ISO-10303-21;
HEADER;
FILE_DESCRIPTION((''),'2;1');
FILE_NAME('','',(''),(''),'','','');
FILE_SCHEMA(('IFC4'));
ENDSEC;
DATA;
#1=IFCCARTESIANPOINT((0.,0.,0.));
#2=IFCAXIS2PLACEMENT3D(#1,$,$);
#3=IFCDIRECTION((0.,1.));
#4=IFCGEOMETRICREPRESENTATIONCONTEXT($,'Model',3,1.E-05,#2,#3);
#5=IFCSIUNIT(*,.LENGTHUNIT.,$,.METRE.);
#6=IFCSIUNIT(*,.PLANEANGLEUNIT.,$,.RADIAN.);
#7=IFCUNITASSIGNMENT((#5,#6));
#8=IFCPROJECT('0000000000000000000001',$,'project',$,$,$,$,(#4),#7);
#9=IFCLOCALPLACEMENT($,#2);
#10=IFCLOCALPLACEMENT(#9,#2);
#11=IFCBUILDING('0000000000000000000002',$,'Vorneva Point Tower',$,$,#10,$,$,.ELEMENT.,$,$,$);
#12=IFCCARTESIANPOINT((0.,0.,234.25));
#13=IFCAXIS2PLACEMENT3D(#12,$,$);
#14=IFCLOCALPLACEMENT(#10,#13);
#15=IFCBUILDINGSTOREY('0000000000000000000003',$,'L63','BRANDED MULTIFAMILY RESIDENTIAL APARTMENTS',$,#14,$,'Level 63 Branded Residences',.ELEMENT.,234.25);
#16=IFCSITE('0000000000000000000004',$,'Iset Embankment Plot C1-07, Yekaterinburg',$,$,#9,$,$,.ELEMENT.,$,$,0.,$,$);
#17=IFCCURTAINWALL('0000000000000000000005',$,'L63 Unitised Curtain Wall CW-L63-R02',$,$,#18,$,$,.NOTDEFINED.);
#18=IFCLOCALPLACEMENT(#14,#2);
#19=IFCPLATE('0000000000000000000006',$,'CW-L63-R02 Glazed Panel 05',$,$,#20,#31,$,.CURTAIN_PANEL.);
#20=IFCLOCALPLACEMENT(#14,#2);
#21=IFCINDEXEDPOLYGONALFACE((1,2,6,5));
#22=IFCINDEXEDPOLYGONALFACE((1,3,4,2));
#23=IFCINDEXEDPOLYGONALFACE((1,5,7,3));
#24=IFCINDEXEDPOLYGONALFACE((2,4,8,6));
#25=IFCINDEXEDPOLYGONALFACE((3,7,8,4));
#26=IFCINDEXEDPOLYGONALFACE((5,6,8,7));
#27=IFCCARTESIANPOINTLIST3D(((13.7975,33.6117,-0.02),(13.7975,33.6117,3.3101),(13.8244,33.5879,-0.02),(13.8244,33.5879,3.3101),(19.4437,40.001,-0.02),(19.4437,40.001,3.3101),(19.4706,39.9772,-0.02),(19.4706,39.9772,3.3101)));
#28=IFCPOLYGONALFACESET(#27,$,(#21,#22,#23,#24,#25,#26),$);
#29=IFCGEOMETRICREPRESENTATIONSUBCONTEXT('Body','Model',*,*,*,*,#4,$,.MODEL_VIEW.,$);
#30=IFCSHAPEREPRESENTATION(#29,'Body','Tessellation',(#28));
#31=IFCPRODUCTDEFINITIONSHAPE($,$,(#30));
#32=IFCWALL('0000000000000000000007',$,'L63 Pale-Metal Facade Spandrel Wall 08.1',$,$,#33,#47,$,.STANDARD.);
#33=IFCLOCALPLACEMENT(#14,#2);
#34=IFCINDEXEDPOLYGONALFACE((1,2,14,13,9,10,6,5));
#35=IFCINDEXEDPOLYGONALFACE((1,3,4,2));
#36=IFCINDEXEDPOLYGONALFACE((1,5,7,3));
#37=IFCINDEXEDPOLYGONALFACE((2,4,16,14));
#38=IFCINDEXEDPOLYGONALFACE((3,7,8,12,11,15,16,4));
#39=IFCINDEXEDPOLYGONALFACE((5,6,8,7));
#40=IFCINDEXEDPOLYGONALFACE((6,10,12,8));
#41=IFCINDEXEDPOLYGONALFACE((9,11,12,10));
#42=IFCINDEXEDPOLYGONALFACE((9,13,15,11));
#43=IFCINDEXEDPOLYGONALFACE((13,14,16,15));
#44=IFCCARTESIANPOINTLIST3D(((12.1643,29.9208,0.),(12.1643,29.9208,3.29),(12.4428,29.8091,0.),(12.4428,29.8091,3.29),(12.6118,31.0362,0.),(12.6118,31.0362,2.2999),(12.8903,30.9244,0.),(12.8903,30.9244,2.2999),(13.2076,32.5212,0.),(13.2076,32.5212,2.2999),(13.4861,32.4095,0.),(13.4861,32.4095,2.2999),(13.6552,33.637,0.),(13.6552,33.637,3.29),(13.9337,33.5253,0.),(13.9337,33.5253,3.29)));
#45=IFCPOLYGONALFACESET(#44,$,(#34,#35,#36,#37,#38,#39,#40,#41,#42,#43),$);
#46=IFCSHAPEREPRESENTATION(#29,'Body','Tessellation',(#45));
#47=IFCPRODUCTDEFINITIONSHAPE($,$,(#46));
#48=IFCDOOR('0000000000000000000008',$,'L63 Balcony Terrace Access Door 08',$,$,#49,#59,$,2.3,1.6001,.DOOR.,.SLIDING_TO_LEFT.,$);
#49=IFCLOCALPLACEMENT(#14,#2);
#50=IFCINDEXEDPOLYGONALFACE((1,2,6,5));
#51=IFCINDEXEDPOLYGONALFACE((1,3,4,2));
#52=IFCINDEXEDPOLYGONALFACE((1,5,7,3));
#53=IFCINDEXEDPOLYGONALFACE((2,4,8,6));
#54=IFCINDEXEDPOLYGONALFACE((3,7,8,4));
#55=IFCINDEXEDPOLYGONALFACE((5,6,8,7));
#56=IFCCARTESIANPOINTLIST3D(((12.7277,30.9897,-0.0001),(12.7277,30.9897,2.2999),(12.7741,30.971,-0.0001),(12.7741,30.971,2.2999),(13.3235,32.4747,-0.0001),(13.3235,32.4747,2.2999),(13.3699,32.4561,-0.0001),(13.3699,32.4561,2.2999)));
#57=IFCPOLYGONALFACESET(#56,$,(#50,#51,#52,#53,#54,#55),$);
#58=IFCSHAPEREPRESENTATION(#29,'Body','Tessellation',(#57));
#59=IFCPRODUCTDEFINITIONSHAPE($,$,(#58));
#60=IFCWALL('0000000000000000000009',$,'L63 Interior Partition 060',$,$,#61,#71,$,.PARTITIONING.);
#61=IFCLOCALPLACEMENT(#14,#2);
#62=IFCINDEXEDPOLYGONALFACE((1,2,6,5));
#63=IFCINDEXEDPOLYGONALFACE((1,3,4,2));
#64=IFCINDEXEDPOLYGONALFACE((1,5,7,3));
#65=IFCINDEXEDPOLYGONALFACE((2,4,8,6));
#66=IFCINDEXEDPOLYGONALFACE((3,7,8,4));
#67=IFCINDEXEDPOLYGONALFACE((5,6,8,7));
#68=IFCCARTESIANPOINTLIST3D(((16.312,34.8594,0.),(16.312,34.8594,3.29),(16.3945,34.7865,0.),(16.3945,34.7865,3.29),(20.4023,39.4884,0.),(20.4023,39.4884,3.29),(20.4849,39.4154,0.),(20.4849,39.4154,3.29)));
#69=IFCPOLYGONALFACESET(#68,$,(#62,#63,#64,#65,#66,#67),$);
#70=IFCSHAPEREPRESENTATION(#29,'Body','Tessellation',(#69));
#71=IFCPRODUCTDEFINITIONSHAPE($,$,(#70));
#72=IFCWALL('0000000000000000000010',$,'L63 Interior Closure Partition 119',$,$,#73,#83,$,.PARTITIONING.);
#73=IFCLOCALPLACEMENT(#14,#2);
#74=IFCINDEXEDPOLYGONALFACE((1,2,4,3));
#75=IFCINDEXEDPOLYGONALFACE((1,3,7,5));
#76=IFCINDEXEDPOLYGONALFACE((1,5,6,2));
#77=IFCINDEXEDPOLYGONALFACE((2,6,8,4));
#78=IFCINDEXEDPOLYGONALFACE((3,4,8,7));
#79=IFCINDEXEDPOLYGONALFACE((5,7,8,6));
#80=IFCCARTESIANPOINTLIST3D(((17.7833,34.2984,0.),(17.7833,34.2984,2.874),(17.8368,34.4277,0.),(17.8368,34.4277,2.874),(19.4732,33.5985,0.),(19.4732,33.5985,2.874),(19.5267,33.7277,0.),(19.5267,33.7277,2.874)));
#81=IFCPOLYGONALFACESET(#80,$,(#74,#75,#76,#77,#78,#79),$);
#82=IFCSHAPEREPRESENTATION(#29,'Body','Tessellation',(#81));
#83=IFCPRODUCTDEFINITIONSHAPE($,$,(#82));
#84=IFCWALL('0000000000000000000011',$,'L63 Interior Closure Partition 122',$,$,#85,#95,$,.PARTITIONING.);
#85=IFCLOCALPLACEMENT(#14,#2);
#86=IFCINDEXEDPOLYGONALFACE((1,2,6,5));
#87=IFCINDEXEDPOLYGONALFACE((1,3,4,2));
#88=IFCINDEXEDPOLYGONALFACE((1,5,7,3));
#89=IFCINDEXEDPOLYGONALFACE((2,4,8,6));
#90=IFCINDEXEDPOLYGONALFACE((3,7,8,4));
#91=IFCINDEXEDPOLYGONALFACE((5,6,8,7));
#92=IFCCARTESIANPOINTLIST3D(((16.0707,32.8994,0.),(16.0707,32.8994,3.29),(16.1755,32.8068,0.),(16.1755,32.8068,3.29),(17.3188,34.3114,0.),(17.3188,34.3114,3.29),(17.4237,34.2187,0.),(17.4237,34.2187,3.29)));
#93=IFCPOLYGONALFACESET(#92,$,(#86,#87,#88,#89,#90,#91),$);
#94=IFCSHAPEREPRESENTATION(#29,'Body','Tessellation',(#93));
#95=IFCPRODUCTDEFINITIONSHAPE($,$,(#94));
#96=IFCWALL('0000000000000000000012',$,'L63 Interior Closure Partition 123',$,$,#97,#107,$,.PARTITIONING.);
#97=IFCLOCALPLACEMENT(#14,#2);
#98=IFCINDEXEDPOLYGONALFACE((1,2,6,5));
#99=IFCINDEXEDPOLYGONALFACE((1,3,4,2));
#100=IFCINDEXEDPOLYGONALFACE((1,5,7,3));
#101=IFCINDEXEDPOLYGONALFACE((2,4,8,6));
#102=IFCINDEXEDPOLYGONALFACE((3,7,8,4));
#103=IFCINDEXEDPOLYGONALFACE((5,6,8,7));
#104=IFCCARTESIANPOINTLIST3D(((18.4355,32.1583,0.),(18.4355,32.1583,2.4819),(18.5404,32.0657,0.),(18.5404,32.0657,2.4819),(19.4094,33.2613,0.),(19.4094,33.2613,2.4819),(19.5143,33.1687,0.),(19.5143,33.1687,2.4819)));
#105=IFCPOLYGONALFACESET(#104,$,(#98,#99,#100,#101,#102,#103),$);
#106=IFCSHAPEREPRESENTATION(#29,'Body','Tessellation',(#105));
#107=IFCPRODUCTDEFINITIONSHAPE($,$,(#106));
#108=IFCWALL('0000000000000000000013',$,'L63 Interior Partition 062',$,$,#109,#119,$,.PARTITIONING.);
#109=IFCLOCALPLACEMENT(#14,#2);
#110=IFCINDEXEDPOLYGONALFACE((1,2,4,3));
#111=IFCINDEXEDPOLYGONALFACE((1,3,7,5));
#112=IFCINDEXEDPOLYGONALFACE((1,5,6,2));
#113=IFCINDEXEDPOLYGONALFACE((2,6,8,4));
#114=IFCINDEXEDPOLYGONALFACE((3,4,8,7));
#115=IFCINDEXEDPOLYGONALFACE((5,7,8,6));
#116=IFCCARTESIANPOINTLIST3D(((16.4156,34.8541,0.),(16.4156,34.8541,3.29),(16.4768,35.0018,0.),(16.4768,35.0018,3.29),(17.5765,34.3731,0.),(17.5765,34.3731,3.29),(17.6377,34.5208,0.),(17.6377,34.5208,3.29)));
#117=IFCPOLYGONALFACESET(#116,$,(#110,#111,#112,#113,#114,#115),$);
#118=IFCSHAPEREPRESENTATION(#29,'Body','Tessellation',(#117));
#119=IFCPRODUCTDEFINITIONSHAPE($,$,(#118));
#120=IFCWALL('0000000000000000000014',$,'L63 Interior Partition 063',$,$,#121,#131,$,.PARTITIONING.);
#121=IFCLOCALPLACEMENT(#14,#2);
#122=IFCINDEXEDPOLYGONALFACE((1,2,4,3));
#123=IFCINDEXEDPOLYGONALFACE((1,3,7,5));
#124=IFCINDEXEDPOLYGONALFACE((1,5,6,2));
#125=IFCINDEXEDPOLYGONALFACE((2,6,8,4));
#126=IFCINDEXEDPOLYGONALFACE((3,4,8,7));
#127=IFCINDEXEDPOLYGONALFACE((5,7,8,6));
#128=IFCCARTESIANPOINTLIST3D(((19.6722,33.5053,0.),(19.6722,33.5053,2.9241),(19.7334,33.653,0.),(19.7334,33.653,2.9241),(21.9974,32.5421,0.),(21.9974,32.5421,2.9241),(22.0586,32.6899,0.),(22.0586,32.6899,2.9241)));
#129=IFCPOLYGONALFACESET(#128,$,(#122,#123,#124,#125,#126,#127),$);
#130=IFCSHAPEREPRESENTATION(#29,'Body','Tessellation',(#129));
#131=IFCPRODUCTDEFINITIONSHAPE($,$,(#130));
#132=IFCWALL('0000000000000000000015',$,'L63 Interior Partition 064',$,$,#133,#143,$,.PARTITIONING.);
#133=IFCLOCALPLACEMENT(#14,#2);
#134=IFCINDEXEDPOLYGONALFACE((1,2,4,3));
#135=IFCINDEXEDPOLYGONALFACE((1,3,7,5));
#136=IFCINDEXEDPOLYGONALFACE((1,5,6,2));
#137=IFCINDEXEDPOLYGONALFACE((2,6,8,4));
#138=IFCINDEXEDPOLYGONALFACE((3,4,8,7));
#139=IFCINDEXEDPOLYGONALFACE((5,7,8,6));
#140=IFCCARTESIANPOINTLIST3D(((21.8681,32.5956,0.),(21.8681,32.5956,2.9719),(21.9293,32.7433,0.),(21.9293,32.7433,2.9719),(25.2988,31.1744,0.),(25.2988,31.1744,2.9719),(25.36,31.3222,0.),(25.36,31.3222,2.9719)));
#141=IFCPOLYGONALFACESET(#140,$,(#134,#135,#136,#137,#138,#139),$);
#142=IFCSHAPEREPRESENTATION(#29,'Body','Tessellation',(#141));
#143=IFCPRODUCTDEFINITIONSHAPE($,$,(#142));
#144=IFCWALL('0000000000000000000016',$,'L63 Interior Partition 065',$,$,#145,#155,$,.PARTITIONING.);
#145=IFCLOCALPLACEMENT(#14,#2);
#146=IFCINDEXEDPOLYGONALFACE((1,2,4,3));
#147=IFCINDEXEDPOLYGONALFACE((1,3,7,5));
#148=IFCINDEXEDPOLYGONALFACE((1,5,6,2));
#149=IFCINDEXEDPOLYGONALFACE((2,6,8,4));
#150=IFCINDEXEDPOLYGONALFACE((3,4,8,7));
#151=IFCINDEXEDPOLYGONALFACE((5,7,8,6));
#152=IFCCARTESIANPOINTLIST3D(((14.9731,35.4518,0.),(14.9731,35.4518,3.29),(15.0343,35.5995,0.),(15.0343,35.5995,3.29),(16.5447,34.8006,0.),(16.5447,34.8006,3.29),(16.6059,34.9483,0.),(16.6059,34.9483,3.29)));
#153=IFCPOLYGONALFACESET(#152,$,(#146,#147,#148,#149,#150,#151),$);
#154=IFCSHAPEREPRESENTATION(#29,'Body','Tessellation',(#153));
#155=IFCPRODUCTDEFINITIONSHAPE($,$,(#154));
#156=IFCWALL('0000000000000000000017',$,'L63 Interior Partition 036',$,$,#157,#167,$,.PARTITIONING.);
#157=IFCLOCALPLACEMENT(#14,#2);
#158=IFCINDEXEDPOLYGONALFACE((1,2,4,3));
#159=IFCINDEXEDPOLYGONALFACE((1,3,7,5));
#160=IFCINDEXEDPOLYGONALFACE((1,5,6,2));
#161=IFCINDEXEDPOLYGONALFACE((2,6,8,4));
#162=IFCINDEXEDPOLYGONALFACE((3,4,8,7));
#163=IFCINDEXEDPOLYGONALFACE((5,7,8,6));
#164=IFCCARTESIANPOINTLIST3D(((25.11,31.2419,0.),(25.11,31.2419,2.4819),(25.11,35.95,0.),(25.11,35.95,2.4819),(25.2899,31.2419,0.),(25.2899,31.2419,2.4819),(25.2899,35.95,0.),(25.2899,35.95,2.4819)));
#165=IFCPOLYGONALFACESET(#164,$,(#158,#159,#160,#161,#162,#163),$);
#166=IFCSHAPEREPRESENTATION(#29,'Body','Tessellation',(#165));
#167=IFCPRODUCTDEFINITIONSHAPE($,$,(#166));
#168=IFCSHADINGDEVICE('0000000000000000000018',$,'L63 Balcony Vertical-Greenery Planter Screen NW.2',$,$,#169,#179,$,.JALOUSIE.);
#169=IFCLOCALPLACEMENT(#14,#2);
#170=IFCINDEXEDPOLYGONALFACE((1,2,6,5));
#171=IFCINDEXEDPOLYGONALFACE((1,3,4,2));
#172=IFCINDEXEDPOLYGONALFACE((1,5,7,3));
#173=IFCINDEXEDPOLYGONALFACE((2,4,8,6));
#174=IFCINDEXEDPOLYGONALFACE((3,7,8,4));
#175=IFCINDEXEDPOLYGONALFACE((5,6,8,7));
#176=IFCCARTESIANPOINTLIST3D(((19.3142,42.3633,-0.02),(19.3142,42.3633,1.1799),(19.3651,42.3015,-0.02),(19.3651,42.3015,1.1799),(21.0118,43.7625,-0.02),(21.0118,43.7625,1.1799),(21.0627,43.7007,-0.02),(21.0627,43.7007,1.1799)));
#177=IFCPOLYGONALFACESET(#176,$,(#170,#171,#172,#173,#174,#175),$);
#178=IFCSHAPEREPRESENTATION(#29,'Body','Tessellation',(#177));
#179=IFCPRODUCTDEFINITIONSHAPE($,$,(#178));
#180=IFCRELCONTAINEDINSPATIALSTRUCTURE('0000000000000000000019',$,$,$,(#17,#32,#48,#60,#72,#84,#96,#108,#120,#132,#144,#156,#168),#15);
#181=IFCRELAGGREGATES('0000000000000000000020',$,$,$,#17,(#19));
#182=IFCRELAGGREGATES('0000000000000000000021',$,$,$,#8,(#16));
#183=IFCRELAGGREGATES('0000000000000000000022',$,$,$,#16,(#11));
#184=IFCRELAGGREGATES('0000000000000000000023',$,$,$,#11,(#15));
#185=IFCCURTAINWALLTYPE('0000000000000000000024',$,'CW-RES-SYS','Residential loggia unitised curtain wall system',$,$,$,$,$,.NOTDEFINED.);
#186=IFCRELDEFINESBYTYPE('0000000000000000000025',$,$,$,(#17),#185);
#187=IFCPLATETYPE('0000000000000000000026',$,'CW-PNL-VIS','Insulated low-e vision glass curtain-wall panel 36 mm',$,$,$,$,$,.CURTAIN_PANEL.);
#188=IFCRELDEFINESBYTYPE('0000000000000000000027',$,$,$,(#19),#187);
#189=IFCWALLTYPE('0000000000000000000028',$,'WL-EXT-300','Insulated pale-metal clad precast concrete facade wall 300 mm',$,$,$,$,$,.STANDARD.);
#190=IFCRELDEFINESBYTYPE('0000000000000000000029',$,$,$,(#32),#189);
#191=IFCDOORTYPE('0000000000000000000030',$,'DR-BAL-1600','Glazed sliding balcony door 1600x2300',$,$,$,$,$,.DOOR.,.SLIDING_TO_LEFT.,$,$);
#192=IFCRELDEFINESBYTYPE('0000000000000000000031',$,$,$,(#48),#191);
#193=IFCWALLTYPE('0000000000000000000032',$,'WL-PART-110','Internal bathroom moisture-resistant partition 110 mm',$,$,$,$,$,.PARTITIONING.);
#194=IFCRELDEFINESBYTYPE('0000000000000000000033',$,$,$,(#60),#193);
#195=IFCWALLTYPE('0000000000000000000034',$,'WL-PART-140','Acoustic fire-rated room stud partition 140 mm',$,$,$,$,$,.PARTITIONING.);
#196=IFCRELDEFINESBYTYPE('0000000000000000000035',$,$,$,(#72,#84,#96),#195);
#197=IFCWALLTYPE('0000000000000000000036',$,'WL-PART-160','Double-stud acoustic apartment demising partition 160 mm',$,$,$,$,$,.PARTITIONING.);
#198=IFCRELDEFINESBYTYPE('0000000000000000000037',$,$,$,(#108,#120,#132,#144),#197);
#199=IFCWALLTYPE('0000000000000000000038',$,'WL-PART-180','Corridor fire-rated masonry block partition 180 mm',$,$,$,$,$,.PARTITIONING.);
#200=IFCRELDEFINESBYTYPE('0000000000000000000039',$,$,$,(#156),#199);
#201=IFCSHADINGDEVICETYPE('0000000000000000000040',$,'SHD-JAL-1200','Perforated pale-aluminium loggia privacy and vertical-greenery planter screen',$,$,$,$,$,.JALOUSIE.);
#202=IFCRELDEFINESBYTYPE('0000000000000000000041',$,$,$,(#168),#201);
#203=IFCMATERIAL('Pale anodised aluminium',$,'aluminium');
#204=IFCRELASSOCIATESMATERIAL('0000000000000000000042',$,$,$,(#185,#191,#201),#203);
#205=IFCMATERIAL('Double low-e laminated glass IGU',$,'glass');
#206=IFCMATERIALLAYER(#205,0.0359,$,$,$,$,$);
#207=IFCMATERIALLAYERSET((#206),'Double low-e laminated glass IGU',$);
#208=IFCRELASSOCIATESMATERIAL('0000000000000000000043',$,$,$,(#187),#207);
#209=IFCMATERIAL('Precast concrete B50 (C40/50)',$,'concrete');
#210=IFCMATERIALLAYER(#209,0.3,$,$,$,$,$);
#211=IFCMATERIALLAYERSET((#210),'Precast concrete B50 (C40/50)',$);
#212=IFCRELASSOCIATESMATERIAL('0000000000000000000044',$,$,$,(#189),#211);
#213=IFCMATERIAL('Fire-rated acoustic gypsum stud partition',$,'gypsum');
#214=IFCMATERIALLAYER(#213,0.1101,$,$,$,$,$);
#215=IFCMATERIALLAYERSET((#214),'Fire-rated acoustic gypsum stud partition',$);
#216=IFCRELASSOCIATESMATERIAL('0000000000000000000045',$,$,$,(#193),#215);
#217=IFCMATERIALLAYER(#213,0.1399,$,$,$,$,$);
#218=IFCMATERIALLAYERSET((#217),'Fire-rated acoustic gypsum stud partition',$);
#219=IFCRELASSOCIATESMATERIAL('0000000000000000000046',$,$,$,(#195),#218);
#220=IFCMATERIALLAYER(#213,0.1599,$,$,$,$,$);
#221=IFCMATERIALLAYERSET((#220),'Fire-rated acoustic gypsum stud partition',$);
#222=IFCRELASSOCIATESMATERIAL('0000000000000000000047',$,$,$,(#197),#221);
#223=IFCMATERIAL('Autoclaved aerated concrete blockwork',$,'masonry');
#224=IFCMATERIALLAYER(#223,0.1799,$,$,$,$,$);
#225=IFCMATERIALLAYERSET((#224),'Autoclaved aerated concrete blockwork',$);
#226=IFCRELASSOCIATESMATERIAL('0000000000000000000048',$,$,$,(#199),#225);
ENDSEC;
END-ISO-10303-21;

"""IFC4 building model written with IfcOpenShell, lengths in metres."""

from ifc_helpers import new_model, si_unit, direction, frame, frame_2d, origin, origin_2d, place, context, subcontext, project, spatial, rectangle, extrude, material, layer, layer_set, type_object, element, fill, aggregate, save


model = new_model("IFC4")

# Units and contexts
model_context = context("Model", 3, precision=1e-05, world=origin(), true_north=direction((0.0, 1.0)))
body_context = subcontext(model_context, "Body", "Model", "MODEL_VIEW")
ifc_project = project(units=[si_unit("LENGTHUNIT", "METRE"), si_unit("PLANEANGLEUNIT", "RADIAN")], contexts=[model_context])

# Site, building, storey
site_placement = place(None, origin())
site = spatial("IfcSite", under=ifc_project, at=site_placement, Name="Iset Embankment Plot C1-07, Yekaterinburg", CompositionType="ELEMENT", RefElevation=0.0)
building_placement = place(site_placement, origin())
building = spatial("IfcBuilding", under=site, at=building_placement, Name="Vorneva Point Tower", CompositionType="ELEMENT")
storey_placement = place(building_placement, frame((0.0, 0.0, 234.25)))
storey = spatial("IfcBuildingStorey", under=building, at=storey_placement, Name="L63", Description="BRANDED MULTIFAMILY RESIDENTIAL APARTMENTS", LongName="Level 63 Branded Residences", CompositionType="ELEMENT", Elevation=234.25)

# Curtain wall, plate
ifc_material_1 = material(Name="Pale anodised aluminium", Category="aluminium")
curtain_wall_type = type_object("IfcCurtainWallType", Name="CW-RES-SYS", Description="Residential loggia unitised curtain wall system", PredefinedType="NOTDEFINED", material=ifc_material_1)
curtain_wall_placement = place(storey_placement, origin())
curtain_wall = element("IfcCurtainWall", 1, at=curtain_wall_placement, inside=storey, type_object=curtain_wall_type, Name="L63 Unitised Curtain Wall CW-L63-R02", PredefinedType="NOTDEFINED")
ifc_material_2 = material(Name="Double low-e laminated glass IGU", Category="glass")
ifc_layer_1 = layer(ifc_material_2, 0.0359)
ifc_layer_set_1 = layer_set([ifc_layer_1], Name="Double low-e laminated glass IGU")
plate_type = type_object("IfcPlateType", Name="CW-PNL-VIS", Description="Insulated low-e vision glass curtain-wall panel 36 mm", PredefinedType="CURTAIN_PANEL", material=ifc_layer_set_1)
plate_1_placement = place(storey_placement, frame((16.634, 36.7944, -0.02), z_axis=(0.0, 0.0, 1.0), x_axis=(-0.662189, -0.749337, 0.0)))
plate_1 = element("IfcPlate", 2, at=plate_1_placement, type_object=plate_type, Name="CW-L63-R02 Glazed Panel 05", PredefinedType="CURTAIN_PANEL", context=body_context, shape_type="SweptSolid", body=[
    extrude(rectangle(XDim=8.5266, YDim=0.0359, at=origin_2d()), origin(), (0.0, 0.0, 1.0), 3.3301),
])
aggregate(curtain_wall, [plate_1])

# Wall, opening, door
ifc_material_3 = material(Name="Precast concrete B50 (C40/50)", Category="concrete")
ifc_layer_2 = layer(ifc_material_3, 0.3)
ifc_layer_set_2 = layer_set([ifc_layer_2], Name="Precast concrete B50 (C40/50)")
wall_type_1 = type_object("IfcWallType", Name="WL-EXT-300", Description="Insulated pale-metal clad precast concrete facade wall 300 mm", PredefinedType="STANDARD", material=ifc_layer_set_2)
wall_1_placement = place(storey_placement, frame((13.7944, 33.5811, 0.0), z_axis=(0.0, 0.0, 1.0), x_axis=(-0.372347, -0.928094, 0.0)))
wall_1 = element("IfcWall", 3, at=wall_1_placement, inside=storey, type_object=wall_type_1, Name="L63 Pale-Metal Facade Spandrel Wall 08.1", PredefinedType="STANDARD", context=body_context, shape_type="SweptSolid", body=[
    extrude(rectangle(XDim=4.0042, YDim=0.3, at=frame_2d((2.002, 0.0))), origin(), (0.0, 0.0, 1.0), 3.29),
])
opening_placement = place(wall_1_placement, frame((1.2021, 0.0, 0.0)))
opening = element("IfcOpeningElement", 4, at=opening_placement, cuts=wall_1, PredefinedType="OPENING", context=body_context, shape_type="SweptSolid", body=[
    extrude(rectangle(XDim=1.6001, YDim=2.3, at=frame_2d((0.8, 1.1499))), frame((0.0, 0.165, 0.0), z_axis=(0.0, -1.0, 0.0), x_axis=(1.0, 0.0, 0.0)), (0.0, 0.0, 1.0), 0.3298),
])
door_type = type_object("IfcDoorType", Name="DR-BAL-1600", Description="Glazed sliding balcony door 1600x2300", OperationType="SLIDING_TO_LEFT", PredefinedType="DOOR", material=ifc_material_1)
door_placement = place(opening_placement, origin())
door = element("IfcDoor", 5, at=door_placement, inside=storey, type_object=door_type, Name="L63 Balcony Terrace Access Door 08", OperationType="SLIDING_TO_LEFT", OverallHeight=2.3, OverallWidth=1.6001, PredefinedType="DOOR", context=body_context, shape_type="SweptSolid", body=[
    extrude(rectangle(XDim=1.6001, YDim=2.3, at=frame_2d((0.8, 1.1499))), frame((0.0, 0.0249, 0.0), z_axis=(0.0, -1.0, 0.0), x_axis=(1.0, 0.0, 0.0)), (0.0, 0.0, 1.0), 0.05),
])
fill(opening, door)

# Walls
ifc_material_4 = material(Name="Fire-rated acoustic gypsum stud partition", Category="gypsum")
ifc_layer_3 = layer(ifc_material_4, 0.1101)
ifc_layer_set_3 = layer_set([ifc_layer_3], Name="Fire-rated acoustic gypsum stud partition")
wall_type_2 = type_object("IfcWallType", Name="WL-PART-110", Description="Internal bathroom moisture-resistant partition 110 mm", PredefinedType="PARTITIONING", material=ifc_layer_set_3)
wall_2_placement = place(storey_placement, frame((20.4436, 39.4519, 0.0), z_axis=(0.0, 0.0, 1.0), x_axis=(-0.662168, -0.749356, 0.0)))
element("IfcWall", 6, at=wall_2_placement, inside=storey, type_object=wall_type_2, Name="L63 Interior Partition 060", PredefinedType="PARTITIONING", context=body_context, shape_type="SweptSolid", body=[
    extrude(rectangle(XDim=6.1772, YDim=0.1101, at=frame_2d((3.0886, 0.0))), origin(), (0.0, 0.0, 1.0), 3.29),
])
ifc_layer_4 = layer(ifc_material_4, 0.1399)
ifc_layer_set_4 = layer_set([ifc_layer_4], Name="Fire-rated acoustic gypsum stud partition")
wall_type_3 = type_object("IfcWallType", Name="WL-PART-140", Description="Acoustic fire-rated room stud partition 140 mm", PredefinedType="PARTITIONING", material=ifc_layer_set_4)
wall_3_placement = place(storey_placement, frame((17.8101, 34.363, 0.0), z_axis=(0.0, 0.0, 1.0), x_axis=(0.923888, -0.382662, 0.0)))
element("IfcWall", 7, at=wall_3_placement, inside=storey, type_object=wall_type_3, Name="L63 Interior Closure Partition 119", PredefinedType="PARTITIONING", context=body_context, shape_type="SweptSolid", body=[
    extrude(rectangle(XDim=1.8291, YDim=0.1399, at=frame_2d((0.9146, 0.0))), origin(), (0.0, 0.0, 1.0), 2.874),
])
wall_4_placement = place(storey_placement, frame((16.123, 32.853, 0.0), z_axis=(0.0, 0.0, 1.0), x_axis=(0.662303, 0.749236, 0.0)))
element("IfcWall", 8, at=wall_4_placement, inside=storey, type_object=wall_type_3, Name="L63 Interior Closure Partition 122", PredefinedType="PARTITIONING", context=body_context, shape_type="SweptSolid", body=[
    extrude(rectangle(XDim=1.8845, YDim=0.1399, at=frame_2d((0.9424, 0.0))), origin(), (0.0, 0.0, 1.0), 3.29),
])
wall_5_placement = place(storey_placement, frame((19.4619, 33.2151, 0.0), z_axis=(0.0, 0.0, 1.0), x_axis=(-0.661858, -0.74963, 0.0)))
element("IfcWall", 9, at=wall_5_placement, inside=storey, type_object=wall_type_3, Name="L63 Interior Closure Partition 123", PredefinedType="PARTITIONING", context=body_context, shape_type="SweptSolid", body=[
    extrude(rectangle(XDim=1.4714, YDim=0.1399, at=frame_2d((0.7358, 0.0))), origin(), (0.0, 0.0, 1.0), 2.4819),
])
ifc_layer_5 = layer(ifc_material_4, 0.1599)
ifc_layer_set_5 = layer_set([ifc_layer_5], Name="Fire-rated acoustic gypsum stud partition")
wall_type_4 = type_object("IfcWallType", Name="WL-PART-160", Description="Double-stud acoustic apartment demising partition 160 mm", PredefinedType="PARTITIONING", material=ifc_layer_set_5)
wall_6_placement = place(storey_placement, frame((16.446, 34.928, 0.0), z_axis=(0.0, 0.0, 1.0), x_axis=(0.923851, -0.382752, 0.0)))
element("IfcWall", 10, at=wall_6_placement, inside=storey, type_object=wall_type_4, Name="L63 Interior Partition 062", PredefinedType="PARTITIONING", context=body_context, shape_type="SweptSolid", body=[
    extrude(rectangle(XDim=1.2566, YDim=0.1599, at=frame_2d((0.6284, 0.0))), origin(), (0.0, 0.0, 1.0), 3.29),
])
wall_7_placement = place(storey_placement, frame((19.7029, 33.5791, 0.0), z_axis=(0.0, 0.0, 1.0), x_axis=(0.923879, -0.382686, 0.0)))
element("IfcWall", 11, at=wall_7_placement, inside=storey, type_object=wall_type_4, Name="L63 Interior Partition 063", PredefinedType="PARTITIONING", context=body_context, shape_type="SweptSolid", body=[
    extrude(rectangle(XDim=2.5168, YDim=0.1599, at=frame_2d((1.2583, 0.0))), origin(), (0.0, 0.0, 1.0), 2.9241),
])
wall_8_placement = place(storey_placement, frame((21.8987, 32.6694, 0.0), z_axis=(0.0, 0.0, 1.0), x_axis=(0.923869, -0.38271, 0.0)))
element("IfcWall", 12, at=wall_8_placement, inside=storey, type_object=wall_type_4, Name="L63 Interior Partition 064", PredefinedType="PARTITIONING", context=body_context, shape_type="SweptSolid", body=[
    extrude(rectangle(XDim=3.7134, YDim=0.1599, at=frame_2d((1.8567, 0.0))), origin(), (0.0, 0.0, 1.0), 2.9719),
])
wall_9_placement = place(storey_placement, frame((15.0037, 35.5256, 0.0), z_axis=(0.0, 0.0, 1.0), x_axis=(0.923844, -0.38277, 0.0)))
element("IfcWall", 13, at=wall_9_placement, inside=storey, type_object=wall_type_4, Name="L63 Interior Partition 065", PredefinedType="PARTITIONING", context=body_context, shape_type="SweptSolid", body=[
    extrude(rectangle(XDim=1.7012, YDim=0.1599, at=frame_2d((0.8506, 0.0))), origin(), (0.0, 0.0, 1.0), 3.29),
])
ifc_material_5 = material(Name="Autoclaved aerated concrete blockwork", Category="masonry")
ifc_layer_6 = layer(ifc_material_5, 0.1799)
ifc_layer_set_6 = layer_set([ifc_layer_6], Name="Autoclaved aerated concrete blockwork")
wall_type_5 = type_object("IfcWallType", Name="WL-PART-180", Description="Corridor fire-rated masonry block partition 180 mm", PredefinedType="PARTITIONING", material=ifc_layer_set_6)
wall_10_placement = place(storey_placement, frame((25.2, 35.95, 0.0), z_axis=(0.0, 0.0, 1.0), x_axis=(0.0, -1.0, 0.0)))
element("IfcWall", 14, at=wall_10_placement, inside=storey, type_object=wall_type_5, Name="L63 Interior Partition 036", PredefinedType="PARTITIONING", context=body_context, shape_type="SweptSolid", body=[
    extrude(rectangle(XDim=4.708, YDim=0.1799, at=frame_2d((2.354, 0.0))), origin(), (0.0, 0.0, 1.0), 2.4819),
])

# Shading device
shading_device_type = type_object("IfcShadingDeviceType", Name="SHD-JAL-1200", Description="Perforated pale-aluminium loggia privacy and vertical-greenery planter screen", PredefinedType="JALOUSIE", material=ifc_material_1)
shading_device_placement = place(storey_placement, frame((20.1885, 43.032, -0.02), z_axis=(0.0, 0.0, 1.0), x_axis=(-0.771658, -0.636038, 0.0)))
element("IfcShadingDevice", 15, at=shading_device_placement, inside=storey, type_object=shading_device_type, Name="L63 Balcony Vertical-Greenery Planter Screen NW.2", PredefinedType="JALOUSIE", context=body_context, shape_type="SweptSolid", body=[
    extrude(rectangle(XDim=2.2, YDim=0.0801, at=origin_2d()), origin(), (0.0, 0.0, 1.0), 1.2),
])

save(model, "model.ifc")
